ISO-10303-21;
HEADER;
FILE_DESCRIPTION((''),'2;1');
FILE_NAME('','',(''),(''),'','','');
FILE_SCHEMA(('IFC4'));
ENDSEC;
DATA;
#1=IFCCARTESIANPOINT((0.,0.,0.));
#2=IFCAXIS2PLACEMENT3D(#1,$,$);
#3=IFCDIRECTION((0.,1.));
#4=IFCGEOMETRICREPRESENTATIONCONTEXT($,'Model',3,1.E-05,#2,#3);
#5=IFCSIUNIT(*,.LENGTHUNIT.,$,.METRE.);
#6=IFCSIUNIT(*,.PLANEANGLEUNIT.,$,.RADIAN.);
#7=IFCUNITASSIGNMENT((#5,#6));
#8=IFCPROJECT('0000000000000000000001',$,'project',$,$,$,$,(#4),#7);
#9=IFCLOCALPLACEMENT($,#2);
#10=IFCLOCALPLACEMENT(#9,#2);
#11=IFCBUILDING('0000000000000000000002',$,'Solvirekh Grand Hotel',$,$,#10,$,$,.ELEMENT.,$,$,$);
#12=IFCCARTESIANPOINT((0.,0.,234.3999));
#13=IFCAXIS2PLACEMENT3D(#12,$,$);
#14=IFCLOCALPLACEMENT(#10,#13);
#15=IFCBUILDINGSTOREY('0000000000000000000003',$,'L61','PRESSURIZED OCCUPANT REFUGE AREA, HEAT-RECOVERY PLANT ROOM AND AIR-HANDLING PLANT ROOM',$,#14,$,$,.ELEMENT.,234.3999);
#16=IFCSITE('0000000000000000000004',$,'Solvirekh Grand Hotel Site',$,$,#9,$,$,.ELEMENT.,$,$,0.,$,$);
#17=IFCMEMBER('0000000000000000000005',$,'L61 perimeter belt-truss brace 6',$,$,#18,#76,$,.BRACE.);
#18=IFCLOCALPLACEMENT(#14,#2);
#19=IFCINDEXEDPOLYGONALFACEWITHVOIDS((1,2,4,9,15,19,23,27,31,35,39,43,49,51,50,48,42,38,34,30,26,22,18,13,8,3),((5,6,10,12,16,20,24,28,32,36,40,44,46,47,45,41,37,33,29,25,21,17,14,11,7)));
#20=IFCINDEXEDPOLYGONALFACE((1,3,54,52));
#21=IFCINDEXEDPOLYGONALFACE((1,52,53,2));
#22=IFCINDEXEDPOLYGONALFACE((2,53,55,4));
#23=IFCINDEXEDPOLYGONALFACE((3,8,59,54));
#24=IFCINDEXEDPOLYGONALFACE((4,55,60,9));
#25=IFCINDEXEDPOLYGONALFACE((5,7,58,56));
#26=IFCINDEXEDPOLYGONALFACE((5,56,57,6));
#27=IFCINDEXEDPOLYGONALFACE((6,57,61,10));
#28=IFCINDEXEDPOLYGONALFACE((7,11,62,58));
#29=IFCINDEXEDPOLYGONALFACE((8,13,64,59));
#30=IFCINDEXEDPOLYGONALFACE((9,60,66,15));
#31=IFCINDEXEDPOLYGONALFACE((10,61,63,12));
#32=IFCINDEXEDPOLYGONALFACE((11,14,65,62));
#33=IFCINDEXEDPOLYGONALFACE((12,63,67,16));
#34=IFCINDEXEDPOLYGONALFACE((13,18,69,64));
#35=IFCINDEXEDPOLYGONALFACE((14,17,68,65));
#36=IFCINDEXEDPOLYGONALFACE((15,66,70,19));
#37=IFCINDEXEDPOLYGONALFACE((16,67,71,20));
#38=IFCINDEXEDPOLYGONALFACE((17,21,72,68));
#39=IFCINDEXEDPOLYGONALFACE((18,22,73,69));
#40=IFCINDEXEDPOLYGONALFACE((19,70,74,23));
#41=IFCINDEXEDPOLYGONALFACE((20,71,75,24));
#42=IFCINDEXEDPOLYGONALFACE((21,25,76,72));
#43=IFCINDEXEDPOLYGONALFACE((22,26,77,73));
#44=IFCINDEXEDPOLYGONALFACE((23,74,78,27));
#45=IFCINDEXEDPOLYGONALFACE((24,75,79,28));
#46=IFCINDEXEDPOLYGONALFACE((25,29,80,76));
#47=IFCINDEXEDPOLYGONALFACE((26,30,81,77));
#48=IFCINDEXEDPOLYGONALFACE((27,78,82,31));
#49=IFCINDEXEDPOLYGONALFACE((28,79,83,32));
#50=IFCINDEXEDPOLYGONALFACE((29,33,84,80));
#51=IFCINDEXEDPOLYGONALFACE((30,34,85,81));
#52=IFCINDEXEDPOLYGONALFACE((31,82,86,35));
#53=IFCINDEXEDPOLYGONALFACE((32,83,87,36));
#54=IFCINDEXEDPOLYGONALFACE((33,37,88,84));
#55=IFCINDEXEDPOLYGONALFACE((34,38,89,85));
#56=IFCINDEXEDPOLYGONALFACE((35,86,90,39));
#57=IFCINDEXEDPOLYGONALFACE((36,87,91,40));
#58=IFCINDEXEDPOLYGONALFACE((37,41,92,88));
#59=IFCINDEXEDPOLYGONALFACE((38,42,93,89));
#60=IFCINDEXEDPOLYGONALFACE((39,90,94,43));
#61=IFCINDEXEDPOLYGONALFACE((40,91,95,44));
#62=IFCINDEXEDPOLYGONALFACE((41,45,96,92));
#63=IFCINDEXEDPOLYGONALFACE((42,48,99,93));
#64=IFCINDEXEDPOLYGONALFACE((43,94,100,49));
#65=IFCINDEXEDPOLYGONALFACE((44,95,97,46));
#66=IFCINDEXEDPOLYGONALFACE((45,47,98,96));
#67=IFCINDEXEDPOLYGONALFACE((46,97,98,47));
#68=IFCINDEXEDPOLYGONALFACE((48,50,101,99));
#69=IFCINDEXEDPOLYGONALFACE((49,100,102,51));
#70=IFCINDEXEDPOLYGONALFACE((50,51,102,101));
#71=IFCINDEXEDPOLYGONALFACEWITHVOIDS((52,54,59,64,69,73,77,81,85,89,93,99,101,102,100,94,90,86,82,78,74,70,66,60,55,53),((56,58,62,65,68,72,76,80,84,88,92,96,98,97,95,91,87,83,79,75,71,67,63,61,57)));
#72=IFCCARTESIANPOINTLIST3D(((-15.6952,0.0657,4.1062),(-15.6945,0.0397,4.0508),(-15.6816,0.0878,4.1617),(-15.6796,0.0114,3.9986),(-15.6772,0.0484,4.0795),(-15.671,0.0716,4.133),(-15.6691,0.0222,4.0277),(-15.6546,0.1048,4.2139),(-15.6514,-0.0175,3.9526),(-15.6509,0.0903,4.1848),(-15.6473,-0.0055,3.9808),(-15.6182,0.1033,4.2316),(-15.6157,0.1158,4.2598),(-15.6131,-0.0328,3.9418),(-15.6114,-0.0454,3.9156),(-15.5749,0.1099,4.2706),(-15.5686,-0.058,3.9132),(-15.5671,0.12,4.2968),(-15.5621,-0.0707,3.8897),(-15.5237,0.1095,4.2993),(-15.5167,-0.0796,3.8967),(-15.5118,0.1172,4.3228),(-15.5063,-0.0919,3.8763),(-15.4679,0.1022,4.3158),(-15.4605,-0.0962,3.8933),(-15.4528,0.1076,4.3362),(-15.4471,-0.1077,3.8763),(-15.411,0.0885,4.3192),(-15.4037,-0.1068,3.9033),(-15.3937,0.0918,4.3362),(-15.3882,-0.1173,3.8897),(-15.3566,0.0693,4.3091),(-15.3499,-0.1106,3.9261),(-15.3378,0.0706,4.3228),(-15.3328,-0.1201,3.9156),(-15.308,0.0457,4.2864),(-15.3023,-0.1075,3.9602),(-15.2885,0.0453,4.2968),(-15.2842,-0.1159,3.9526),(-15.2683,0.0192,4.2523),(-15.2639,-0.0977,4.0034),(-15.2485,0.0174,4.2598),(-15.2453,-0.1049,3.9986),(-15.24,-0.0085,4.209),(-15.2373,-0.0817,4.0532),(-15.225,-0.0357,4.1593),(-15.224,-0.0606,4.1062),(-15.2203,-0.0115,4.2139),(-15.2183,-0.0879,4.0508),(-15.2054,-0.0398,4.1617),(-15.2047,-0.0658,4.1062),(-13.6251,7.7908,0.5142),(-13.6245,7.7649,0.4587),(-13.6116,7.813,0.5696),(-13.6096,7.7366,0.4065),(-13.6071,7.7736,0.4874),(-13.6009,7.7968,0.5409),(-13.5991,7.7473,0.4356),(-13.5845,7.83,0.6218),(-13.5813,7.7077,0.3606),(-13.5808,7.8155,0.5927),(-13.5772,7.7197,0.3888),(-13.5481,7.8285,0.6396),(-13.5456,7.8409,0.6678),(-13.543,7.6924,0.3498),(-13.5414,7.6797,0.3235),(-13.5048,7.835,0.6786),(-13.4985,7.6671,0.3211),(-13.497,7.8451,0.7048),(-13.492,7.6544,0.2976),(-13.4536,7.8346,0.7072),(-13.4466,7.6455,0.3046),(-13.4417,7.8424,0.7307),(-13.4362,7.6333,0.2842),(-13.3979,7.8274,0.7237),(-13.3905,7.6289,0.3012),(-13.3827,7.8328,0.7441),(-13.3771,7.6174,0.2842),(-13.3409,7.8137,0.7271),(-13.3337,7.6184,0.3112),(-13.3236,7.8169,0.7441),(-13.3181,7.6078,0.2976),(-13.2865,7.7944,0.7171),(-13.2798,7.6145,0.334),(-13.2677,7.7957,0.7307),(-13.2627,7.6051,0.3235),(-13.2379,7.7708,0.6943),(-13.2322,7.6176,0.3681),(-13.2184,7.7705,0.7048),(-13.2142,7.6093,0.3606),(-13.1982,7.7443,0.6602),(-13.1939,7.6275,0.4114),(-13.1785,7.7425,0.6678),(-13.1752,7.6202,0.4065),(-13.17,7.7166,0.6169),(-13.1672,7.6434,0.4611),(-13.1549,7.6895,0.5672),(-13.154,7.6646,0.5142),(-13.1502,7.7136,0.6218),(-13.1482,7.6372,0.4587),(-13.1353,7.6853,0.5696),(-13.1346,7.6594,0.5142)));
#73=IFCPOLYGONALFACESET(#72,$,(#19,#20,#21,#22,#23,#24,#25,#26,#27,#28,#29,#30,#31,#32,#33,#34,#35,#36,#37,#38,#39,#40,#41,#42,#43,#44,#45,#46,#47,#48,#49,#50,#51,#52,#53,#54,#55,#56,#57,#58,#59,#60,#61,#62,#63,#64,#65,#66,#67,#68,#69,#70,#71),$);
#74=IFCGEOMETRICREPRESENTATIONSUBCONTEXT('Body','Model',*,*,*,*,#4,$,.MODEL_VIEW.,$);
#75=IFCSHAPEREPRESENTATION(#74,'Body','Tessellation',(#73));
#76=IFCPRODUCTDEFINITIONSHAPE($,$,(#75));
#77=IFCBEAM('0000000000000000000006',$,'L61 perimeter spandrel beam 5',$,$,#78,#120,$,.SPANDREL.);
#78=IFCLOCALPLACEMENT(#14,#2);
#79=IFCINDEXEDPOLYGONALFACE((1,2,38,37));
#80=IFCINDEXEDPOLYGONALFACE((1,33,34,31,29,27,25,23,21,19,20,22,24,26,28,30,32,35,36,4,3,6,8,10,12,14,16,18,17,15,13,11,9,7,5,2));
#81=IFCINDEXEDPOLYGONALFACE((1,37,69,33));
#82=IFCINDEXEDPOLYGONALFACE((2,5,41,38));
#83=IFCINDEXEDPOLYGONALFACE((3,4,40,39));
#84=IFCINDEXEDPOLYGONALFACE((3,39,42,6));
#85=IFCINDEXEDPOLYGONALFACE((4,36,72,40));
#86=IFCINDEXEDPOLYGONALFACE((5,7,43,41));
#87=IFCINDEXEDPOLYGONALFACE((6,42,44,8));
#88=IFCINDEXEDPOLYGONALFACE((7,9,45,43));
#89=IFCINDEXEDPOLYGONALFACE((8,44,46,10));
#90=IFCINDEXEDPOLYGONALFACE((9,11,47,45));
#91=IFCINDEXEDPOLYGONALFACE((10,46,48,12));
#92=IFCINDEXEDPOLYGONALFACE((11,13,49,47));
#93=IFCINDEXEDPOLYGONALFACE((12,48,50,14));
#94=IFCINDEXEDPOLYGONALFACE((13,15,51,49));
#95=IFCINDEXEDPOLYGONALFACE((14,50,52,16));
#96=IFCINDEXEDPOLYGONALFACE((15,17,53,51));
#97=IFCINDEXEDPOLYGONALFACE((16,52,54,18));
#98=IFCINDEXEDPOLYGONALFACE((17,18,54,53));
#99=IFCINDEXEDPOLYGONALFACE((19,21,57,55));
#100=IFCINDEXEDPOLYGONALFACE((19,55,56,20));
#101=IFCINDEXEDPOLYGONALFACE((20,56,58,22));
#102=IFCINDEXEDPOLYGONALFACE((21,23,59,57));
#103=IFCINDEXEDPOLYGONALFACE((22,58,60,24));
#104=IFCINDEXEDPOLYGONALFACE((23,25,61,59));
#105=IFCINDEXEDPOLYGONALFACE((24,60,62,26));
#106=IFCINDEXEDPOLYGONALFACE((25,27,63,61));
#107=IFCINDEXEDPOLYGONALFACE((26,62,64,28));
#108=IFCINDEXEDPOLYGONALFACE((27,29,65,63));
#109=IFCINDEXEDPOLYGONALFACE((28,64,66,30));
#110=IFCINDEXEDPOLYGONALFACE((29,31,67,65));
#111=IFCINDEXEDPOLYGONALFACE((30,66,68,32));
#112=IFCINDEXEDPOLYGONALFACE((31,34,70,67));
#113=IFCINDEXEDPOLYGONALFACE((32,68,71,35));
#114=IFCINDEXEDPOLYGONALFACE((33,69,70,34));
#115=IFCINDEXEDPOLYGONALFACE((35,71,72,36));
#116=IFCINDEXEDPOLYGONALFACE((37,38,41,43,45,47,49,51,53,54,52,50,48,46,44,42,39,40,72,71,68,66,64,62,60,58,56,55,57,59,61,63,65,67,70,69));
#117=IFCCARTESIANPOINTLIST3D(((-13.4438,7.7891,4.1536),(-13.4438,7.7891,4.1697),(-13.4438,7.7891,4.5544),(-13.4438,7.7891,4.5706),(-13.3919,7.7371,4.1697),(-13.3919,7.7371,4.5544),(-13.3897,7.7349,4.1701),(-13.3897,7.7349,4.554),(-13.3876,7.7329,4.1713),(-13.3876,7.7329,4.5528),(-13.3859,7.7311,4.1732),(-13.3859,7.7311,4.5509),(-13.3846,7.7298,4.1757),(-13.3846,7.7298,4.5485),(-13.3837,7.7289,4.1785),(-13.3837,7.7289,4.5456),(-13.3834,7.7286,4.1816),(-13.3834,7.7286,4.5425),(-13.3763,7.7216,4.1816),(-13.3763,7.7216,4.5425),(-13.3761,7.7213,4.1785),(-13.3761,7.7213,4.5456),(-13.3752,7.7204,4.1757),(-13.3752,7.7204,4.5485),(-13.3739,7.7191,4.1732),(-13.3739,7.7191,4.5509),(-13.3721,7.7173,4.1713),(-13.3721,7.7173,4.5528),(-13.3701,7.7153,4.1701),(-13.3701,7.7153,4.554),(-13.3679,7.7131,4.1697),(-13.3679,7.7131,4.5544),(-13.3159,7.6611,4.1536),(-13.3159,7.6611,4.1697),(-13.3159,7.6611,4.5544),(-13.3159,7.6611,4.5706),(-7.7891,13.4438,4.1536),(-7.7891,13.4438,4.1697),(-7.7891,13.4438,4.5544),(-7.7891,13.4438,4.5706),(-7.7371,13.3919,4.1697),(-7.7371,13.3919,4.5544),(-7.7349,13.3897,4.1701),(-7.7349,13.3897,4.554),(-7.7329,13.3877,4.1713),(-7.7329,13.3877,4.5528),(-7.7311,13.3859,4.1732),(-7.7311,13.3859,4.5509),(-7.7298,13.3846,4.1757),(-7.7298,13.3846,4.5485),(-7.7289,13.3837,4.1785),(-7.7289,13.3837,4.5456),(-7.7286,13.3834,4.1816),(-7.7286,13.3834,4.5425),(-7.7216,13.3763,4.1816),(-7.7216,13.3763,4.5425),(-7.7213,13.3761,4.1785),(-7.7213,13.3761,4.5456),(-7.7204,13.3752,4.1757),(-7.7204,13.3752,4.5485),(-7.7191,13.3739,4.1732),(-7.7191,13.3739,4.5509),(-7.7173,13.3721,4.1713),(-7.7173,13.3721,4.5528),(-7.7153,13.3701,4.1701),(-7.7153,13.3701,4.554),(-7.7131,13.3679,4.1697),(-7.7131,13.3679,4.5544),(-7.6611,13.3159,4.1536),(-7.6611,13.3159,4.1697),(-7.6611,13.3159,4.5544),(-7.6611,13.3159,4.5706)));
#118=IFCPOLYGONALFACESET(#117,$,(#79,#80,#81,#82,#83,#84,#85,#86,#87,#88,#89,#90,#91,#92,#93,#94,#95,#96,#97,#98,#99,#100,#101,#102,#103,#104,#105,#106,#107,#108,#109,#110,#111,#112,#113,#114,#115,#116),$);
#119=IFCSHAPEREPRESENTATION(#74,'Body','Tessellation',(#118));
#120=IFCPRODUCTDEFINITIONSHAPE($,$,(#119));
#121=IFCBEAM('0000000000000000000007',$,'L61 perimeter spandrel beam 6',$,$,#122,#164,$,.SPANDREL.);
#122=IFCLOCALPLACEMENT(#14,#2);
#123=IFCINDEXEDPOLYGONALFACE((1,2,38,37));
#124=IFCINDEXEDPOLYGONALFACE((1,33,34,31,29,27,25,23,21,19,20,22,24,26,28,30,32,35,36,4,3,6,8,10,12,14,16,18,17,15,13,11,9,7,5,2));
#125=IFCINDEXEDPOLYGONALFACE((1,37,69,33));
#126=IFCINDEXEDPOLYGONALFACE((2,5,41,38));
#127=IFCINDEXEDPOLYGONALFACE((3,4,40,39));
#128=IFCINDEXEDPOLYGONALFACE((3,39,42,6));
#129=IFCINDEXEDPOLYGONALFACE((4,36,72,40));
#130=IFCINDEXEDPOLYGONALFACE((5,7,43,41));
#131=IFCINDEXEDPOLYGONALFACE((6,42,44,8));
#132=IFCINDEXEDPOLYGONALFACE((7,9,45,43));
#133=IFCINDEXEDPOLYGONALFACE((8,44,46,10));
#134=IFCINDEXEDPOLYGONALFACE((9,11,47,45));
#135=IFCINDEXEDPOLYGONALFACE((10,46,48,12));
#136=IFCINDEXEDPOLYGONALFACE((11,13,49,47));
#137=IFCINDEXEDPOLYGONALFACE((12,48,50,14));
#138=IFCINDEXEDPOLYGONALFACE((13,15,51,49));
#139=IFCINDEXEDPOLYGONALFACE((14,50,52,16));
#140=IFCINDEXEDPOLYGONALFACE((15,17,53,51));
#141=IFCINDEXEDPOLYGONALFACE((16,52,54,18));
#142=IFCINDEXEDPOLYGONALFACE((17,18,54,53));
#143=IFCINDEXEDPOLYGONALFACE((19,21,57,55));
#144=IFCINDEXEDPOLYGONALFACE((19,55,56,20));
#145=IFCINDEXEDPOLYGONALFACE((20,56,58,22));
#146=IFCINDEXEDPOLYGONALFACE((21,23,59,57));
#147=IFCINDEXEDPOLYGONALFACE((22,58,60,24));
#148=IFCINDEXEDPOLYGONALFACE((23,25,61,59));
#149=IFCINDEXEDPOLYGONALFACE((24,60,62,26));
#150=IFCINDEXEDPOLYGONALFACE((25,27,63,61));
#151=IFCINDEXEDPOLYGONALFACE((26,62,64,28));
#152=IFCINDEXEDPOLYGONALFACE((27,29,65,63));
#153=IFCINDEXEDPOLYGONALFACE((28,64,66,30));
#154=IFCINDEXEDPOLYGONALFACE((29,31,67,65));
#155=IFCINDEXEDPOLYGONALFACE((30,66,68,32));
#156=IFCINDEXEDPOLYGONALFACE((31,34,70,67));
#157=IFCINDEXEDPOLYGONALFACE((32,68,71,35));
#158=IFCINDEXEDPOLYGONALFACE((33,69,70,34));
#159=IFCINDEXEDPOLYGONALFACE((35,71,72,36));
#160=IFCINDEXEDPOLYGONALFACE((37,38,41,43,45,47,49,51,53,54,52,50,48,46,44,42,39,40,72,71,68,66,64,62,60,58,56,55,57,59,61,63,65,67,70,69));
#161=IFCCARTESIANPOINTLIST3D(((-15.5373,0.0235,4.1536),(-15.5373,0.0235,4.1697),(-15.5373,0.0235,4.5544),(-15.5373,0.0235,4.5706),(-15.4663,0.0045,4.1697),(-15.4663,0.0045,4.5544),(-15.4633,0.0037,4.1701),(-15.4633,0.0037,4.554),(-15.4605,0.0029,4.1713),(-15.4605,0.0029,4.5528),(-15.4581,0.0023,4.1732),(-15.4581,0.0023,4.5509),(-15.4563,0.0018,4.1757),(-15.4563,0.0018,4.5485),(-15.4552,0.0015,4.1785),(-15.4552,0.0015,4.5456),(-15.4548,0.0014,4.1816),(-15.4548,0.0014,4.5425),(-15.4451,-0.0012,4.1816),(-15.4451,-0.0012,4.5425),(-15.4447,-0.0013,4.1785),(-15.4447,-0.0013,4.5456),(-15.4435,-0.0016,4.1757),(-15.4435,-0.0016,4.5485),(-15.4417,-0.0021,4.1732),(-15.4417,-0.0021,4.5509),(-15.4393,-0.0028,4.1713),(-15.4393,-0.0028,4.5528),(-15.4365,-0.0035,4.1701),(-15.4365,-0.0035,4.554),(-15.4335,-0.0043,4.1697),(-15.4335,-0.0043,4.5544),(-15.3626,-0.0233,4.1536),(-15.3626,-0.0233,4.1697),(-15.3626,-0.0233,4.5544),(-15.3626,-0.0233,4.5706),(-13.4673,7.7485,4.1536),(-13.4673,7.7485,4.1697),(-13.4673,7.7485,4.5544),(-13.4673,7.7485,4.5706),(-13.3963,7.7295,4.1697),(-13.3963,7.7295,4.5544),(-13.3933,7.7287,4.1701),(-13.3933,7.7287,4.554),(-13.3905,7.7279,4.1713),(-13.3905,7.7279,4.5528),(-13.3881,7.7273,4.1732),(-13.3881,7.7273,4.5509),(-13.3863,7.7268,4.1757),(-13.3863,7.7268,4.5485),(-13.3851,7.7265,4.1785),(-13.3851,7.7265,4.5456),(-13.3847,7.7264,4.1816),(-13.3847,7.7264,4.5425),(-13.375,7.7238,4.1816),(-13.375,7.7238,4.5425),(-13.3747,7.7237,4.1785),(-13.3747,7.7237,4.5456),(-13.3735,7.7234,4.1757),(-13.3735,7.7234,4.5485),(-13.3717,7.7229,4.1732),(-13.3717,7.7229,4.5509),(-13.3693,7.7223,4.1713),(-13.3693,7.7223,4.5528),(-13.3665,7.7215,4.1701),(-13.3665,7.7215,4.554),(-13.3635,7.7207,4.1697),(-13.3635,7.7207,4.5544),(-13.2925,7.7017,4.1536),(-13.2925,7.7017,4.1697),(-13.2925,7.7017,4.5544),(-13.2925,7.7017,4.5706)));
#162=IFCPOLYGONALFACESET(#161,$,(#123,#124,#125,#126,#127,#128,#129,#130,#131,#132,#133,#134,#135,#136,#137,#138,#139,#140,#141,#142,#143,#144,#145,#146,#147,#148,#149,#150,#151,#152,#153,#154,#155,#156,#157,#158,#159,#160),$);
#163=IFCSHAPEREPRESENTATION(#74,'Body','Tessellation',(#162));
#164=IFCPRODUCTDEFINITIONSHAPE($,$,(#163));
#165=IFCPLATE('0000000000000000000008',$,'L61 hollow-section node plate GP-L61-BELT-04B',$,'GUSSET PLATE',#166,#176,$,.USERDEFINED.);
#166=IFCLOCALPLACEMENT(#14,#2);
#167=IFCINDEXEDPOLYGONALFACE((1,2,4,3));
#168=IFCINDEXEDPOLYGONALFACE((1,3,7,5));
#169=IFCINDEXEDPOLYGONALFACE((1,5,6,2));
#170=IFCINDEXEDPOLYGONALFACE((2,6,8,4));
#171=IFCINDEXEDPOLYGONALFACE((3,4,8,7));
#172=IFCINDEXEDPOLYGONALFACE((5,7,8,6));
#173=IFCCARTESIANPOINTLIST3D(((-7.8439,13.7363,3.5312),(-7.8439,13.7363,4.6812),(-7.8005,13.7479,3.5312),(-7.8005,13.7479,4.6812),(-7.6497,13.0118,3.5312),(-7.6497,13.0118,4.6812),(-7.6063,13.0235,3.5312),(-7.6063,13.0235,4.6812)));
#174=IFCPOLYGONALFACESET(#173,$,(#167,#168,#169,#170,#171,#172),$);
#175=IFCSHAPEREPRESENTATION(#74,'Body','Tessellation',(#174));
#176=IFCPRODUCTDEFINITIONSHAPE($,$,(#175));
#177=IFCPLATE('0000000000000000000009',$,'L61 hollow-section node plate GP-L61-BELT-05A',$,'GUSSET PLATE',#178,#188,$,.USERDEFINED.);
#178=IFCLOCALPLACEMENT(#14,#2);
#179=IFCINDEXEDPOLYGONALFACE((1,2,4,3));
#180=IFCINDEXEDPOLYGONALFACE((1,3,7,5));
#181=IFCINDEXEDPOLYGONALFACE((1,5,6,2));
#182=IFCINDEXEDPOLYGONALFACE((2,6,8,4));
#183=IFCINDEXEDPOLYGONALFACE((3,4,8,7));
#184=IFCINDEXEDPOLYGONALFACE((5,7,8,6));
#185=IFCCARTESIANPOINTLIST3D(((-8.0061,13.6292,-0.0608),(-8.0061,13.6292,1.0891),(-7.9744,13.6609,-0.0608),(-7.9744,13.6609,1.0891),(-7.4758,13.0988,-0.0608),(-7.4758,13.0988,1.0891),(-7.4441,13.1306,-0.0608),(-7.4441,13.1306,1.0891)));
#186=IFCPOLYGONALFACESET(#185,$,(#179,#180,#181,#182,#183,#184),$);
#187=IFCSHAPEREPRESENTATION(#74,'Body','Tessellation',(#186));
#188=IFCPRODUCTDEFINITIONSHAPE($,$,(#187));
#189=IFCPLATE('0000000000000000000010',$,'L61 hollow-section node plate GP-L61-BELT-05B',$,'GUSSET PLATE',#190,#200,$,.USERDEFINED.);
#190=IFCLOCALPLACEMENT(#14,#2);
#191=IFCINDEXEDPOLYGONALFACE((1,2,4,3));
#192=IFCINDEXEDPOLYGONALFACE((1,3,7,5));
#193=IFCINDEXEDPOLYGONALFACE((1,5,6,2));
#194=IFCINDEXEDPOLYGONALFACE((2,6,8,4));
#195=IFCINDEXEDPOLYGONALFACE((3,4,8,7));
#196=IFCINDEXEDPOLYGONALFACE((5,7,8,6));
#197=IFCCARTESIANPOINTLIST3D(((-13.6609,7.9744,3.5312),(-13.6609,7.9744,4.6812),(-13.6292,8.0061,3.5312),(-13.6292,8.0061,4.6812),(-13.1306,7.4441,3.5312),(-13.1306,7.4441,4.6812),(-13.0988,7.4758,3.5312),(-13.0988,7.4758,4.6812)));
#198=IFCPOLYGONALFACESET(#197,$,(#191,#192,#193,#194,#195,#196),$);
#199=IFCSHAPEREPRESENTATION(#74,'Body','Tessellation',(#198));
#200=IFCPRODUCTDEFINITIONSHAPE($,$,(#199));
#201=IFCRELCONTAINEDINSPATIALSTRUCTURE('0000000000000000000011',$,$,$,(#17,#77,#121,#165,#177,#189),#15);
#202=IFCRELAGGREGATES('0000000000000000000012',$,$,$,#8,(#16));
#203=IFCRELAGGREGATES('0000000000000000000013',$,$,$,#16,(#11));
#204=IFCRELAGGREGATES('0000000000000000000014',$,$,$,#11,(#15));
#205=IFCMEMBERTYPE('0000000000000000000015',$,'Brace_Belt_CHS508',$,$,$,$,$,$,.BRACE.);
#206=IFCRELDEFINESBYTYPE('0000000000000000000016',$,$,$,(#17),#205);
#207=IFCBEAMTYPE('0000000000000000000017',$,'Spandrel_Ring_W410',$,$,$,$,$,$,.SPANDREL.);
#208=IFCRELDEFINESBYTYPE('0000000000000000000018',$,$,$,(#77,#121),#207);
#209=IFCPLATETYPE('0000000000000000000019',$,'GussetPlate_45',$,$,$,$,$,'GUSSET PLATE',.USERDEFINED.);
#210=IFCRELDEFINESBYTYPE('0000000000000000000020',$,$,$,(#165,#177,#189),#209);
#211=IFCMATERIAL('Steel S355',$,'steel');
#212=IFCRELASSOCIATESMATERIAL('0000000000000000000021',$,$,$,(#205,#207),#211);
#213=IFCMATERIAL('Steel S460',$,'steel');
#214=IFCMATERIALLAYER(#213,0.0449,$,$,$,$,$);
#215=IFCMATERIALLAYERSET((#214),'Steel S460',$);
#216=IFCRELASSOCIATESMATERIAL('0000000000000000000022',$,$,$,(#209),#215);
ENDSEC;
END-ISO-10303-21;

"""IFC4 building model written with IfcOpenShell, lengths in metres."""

from ifc_helpers import new_model, si_unit, direction, frame, origin, origin_2d, place, context, subcontext, project, spatial, rectangle, hollow_circle, i_section, extrude, material, layer, layer_set, material_profile, profile_set, type_object, element, save


model = new_model("IFC4")

# Units and contexts
model_context = context("Model", 3, precision=1e-05, world=origin(), true_north=direction((0.0, 1.0)))
body_context = subcontext(model_context, "Body", "Model", "MODEL_VIEW")
ifc_project = project(units=[si_unit("LENGTHUNIT", "METRE"), si_unit("PLANEANGLEUNIT", "RADIAN")], contexts=[model_context])

# Site, building, storey
site_placement = place(None, origin())
site = spatial("IfcSite", under=ifc_project, at=site_placement, Name="Solvirekh Grand Hotel Site", CompositionType="ELEMENT", RefElevation=0.0)
building_placement = place(site_placement, origin())
building = spatial("IfcBuilding", under=site, at=building_placement, Name="Solvirekh Grand Hotel", CompositionType="ELEMENT")
storey_placement = place(building_placement, frame((0.0, 0.0, 234.3999)))
storey = spatial("IfcBuildingStorey", under=building, at=storey_placement, Name="L61", Description="PRESSURIZED OCCUPANT REFUGE AREA, HEAT-RECOVERY PLANT ROOM AND AIR-HANDLING PLANT ROOM", CompositionType="ELEMENT", Elevation=234.3999)

# Member
ifc_material_1 = material(Name="Steel S355", Category="steel")
ifc_material_profile_1 = material_profile(ifc_material_1, hollow_circle(Radius=0.2539, WallThickness=0.02, at=origin_2d()), Name="CHS 508X20")
ifc_profile_set_1 = profile_set([ifc_material_profile_1], Name="Steel S355")
member_type = type_object("IfcMemberType", Name="Brace_Belt_CHS508", PredefinedType="BRACE", material=ifc_profile_set_1)
member_1_placement = place(storey_placement, frame((-13.3799, 7.7251, 0.5142), z_axis=(-0.236113, -0.881129, 0.40971), x_axis=(0.965922, -0.258835, 0.0)))
element("IfcMember", 1, at=member_1_placement, inside=storey, type_object=member_type, Name="L61 perimeter belt-truss brace 6", PredefinedType="BRACE", context=body_context, shape_type="SweptSolid", body=[
    extrude(hollow_circle(Radius=0.2539, WallThickness=0.02, at=origin_2d()), origin(), (0.0, 0.0, 1.0), 8.7673),
])

# Beams
ifc_material_profile_2 = material_profile(ifc_material_1, i_section(OverallWidth=0.1809, OverallDepth=0.417, WebThickness=0.01, FlangeThickness=0.0161, FilletRadius=0.012, at=origin_2d()), Name="W410X85")
ifc_profile_set_2 = profile_set([ifc_material_profile_2], Name="Steel S355")
beam_type = type_object("IfcBeamType", Name="Spandrel_Ring_W410", PredefinedType="SPANDREL", material=ifc_profile_set_2)
beam_1_placement = place(storey_placement, frame((-7.7251, 13.3799, 4.3621), z_axis=(-0.707107, -0.707107, 0.0), x_axis=(0.707107, -0.707107, 0.0)))
element("IfcBeam", 2, at=beam_1_placement, inside=storey, type_object=beam_type, Name="L61 perimeter spandrel beam 5", PredefinedType="SPANDREL", context=body_context, shape_type="SweptSolid", body=[
    extrude(i_section(OverallWidth=0.1809, OverallDepth=0.417, WebThickness=0.01, FlangeThickness=0.0161, FilletRadius=0.012, at=origin_2d()), origin(), (0.0, 0.0, 1.0), 7.9971),
])
beam_2_placement = place(storey_placement, frame((-13.3799, 7.7251, 4.3621), z_axis=(-0.258835, -0.965922, 0.0), x_axis=(0.965922, -0.258835, 0.0)))
element("IfcBeam", 3, at=beam_2_placement, inside=storey, type_object=beam_type, Name="L61 perimeter spandrel beam 6", PredefinedType="SPANDREL", context=body_context, shape_type="SweptSolid", body=[
    extrude(i_section(OverallWidth=0.1809, OverallDepth=0.417, WebThickness=0.01, FlangeThickness=0.0161, FilletRadius=0.012, at=origin_2d()), origin(), (0.0, 0.0, 1.0), 7.9976),
])

# Plates
ifc_material_2 = material(Name="Steel S460", Category="steel")
ifc_layer_1 = layer(ifc_material_2, 0.0449)
ifc_layer_set_1 = layer_set([ifc_layer_1], Name="Steel S460")
plate_type = type_object("IfcPlateType", Name="GussetPlate_45", ElementType="GUSSET PLATE", PredefinedType="USERDEFINED", material=ifc_layer_set_1)
for number, where, z_axis, x_axis, name in (
    (4, (-7.7251, 13.3799, 3.5312), (0.0, 0.0, 1.0), (-0.965926, -0.258819, 0.0), "L61 hollow-section node plate GP-L61-BELT-04B"),
    (5, (-7.7251, 13.3799, -0.0608), (0.0, 0.0, 1.0), (-0.707107, -0.707107, 0.0), "L61 hollow-section node plate GP-L61-BELT-05A"),
    (6, (-13.3799, 7.7251, 3.5312), (0.0, 0.0, 1.0), (-0.707107, -0.707107, 0.0), "L61 hollow-section node plate GP-L61-BELT-05B"),
):
    element("IfcPlate", number, at=place(storey_placement, frame(where, z_axis=z_axis, x_axis=x_axis)), inside=storey, type_object=plate_type, Name=name, ObjectType="GUSSET PLATE", PredefinedType="USERDEFINED", context=body_context, shape_type="SweptSolid", body=[
        extrude(rectangle(XDim=0.0449, YDim=0.75, at=origin_2d()), origin(), (0.0, 0.0, 1.0), 1.1499),
    ])

save(model, "model.ifc")
